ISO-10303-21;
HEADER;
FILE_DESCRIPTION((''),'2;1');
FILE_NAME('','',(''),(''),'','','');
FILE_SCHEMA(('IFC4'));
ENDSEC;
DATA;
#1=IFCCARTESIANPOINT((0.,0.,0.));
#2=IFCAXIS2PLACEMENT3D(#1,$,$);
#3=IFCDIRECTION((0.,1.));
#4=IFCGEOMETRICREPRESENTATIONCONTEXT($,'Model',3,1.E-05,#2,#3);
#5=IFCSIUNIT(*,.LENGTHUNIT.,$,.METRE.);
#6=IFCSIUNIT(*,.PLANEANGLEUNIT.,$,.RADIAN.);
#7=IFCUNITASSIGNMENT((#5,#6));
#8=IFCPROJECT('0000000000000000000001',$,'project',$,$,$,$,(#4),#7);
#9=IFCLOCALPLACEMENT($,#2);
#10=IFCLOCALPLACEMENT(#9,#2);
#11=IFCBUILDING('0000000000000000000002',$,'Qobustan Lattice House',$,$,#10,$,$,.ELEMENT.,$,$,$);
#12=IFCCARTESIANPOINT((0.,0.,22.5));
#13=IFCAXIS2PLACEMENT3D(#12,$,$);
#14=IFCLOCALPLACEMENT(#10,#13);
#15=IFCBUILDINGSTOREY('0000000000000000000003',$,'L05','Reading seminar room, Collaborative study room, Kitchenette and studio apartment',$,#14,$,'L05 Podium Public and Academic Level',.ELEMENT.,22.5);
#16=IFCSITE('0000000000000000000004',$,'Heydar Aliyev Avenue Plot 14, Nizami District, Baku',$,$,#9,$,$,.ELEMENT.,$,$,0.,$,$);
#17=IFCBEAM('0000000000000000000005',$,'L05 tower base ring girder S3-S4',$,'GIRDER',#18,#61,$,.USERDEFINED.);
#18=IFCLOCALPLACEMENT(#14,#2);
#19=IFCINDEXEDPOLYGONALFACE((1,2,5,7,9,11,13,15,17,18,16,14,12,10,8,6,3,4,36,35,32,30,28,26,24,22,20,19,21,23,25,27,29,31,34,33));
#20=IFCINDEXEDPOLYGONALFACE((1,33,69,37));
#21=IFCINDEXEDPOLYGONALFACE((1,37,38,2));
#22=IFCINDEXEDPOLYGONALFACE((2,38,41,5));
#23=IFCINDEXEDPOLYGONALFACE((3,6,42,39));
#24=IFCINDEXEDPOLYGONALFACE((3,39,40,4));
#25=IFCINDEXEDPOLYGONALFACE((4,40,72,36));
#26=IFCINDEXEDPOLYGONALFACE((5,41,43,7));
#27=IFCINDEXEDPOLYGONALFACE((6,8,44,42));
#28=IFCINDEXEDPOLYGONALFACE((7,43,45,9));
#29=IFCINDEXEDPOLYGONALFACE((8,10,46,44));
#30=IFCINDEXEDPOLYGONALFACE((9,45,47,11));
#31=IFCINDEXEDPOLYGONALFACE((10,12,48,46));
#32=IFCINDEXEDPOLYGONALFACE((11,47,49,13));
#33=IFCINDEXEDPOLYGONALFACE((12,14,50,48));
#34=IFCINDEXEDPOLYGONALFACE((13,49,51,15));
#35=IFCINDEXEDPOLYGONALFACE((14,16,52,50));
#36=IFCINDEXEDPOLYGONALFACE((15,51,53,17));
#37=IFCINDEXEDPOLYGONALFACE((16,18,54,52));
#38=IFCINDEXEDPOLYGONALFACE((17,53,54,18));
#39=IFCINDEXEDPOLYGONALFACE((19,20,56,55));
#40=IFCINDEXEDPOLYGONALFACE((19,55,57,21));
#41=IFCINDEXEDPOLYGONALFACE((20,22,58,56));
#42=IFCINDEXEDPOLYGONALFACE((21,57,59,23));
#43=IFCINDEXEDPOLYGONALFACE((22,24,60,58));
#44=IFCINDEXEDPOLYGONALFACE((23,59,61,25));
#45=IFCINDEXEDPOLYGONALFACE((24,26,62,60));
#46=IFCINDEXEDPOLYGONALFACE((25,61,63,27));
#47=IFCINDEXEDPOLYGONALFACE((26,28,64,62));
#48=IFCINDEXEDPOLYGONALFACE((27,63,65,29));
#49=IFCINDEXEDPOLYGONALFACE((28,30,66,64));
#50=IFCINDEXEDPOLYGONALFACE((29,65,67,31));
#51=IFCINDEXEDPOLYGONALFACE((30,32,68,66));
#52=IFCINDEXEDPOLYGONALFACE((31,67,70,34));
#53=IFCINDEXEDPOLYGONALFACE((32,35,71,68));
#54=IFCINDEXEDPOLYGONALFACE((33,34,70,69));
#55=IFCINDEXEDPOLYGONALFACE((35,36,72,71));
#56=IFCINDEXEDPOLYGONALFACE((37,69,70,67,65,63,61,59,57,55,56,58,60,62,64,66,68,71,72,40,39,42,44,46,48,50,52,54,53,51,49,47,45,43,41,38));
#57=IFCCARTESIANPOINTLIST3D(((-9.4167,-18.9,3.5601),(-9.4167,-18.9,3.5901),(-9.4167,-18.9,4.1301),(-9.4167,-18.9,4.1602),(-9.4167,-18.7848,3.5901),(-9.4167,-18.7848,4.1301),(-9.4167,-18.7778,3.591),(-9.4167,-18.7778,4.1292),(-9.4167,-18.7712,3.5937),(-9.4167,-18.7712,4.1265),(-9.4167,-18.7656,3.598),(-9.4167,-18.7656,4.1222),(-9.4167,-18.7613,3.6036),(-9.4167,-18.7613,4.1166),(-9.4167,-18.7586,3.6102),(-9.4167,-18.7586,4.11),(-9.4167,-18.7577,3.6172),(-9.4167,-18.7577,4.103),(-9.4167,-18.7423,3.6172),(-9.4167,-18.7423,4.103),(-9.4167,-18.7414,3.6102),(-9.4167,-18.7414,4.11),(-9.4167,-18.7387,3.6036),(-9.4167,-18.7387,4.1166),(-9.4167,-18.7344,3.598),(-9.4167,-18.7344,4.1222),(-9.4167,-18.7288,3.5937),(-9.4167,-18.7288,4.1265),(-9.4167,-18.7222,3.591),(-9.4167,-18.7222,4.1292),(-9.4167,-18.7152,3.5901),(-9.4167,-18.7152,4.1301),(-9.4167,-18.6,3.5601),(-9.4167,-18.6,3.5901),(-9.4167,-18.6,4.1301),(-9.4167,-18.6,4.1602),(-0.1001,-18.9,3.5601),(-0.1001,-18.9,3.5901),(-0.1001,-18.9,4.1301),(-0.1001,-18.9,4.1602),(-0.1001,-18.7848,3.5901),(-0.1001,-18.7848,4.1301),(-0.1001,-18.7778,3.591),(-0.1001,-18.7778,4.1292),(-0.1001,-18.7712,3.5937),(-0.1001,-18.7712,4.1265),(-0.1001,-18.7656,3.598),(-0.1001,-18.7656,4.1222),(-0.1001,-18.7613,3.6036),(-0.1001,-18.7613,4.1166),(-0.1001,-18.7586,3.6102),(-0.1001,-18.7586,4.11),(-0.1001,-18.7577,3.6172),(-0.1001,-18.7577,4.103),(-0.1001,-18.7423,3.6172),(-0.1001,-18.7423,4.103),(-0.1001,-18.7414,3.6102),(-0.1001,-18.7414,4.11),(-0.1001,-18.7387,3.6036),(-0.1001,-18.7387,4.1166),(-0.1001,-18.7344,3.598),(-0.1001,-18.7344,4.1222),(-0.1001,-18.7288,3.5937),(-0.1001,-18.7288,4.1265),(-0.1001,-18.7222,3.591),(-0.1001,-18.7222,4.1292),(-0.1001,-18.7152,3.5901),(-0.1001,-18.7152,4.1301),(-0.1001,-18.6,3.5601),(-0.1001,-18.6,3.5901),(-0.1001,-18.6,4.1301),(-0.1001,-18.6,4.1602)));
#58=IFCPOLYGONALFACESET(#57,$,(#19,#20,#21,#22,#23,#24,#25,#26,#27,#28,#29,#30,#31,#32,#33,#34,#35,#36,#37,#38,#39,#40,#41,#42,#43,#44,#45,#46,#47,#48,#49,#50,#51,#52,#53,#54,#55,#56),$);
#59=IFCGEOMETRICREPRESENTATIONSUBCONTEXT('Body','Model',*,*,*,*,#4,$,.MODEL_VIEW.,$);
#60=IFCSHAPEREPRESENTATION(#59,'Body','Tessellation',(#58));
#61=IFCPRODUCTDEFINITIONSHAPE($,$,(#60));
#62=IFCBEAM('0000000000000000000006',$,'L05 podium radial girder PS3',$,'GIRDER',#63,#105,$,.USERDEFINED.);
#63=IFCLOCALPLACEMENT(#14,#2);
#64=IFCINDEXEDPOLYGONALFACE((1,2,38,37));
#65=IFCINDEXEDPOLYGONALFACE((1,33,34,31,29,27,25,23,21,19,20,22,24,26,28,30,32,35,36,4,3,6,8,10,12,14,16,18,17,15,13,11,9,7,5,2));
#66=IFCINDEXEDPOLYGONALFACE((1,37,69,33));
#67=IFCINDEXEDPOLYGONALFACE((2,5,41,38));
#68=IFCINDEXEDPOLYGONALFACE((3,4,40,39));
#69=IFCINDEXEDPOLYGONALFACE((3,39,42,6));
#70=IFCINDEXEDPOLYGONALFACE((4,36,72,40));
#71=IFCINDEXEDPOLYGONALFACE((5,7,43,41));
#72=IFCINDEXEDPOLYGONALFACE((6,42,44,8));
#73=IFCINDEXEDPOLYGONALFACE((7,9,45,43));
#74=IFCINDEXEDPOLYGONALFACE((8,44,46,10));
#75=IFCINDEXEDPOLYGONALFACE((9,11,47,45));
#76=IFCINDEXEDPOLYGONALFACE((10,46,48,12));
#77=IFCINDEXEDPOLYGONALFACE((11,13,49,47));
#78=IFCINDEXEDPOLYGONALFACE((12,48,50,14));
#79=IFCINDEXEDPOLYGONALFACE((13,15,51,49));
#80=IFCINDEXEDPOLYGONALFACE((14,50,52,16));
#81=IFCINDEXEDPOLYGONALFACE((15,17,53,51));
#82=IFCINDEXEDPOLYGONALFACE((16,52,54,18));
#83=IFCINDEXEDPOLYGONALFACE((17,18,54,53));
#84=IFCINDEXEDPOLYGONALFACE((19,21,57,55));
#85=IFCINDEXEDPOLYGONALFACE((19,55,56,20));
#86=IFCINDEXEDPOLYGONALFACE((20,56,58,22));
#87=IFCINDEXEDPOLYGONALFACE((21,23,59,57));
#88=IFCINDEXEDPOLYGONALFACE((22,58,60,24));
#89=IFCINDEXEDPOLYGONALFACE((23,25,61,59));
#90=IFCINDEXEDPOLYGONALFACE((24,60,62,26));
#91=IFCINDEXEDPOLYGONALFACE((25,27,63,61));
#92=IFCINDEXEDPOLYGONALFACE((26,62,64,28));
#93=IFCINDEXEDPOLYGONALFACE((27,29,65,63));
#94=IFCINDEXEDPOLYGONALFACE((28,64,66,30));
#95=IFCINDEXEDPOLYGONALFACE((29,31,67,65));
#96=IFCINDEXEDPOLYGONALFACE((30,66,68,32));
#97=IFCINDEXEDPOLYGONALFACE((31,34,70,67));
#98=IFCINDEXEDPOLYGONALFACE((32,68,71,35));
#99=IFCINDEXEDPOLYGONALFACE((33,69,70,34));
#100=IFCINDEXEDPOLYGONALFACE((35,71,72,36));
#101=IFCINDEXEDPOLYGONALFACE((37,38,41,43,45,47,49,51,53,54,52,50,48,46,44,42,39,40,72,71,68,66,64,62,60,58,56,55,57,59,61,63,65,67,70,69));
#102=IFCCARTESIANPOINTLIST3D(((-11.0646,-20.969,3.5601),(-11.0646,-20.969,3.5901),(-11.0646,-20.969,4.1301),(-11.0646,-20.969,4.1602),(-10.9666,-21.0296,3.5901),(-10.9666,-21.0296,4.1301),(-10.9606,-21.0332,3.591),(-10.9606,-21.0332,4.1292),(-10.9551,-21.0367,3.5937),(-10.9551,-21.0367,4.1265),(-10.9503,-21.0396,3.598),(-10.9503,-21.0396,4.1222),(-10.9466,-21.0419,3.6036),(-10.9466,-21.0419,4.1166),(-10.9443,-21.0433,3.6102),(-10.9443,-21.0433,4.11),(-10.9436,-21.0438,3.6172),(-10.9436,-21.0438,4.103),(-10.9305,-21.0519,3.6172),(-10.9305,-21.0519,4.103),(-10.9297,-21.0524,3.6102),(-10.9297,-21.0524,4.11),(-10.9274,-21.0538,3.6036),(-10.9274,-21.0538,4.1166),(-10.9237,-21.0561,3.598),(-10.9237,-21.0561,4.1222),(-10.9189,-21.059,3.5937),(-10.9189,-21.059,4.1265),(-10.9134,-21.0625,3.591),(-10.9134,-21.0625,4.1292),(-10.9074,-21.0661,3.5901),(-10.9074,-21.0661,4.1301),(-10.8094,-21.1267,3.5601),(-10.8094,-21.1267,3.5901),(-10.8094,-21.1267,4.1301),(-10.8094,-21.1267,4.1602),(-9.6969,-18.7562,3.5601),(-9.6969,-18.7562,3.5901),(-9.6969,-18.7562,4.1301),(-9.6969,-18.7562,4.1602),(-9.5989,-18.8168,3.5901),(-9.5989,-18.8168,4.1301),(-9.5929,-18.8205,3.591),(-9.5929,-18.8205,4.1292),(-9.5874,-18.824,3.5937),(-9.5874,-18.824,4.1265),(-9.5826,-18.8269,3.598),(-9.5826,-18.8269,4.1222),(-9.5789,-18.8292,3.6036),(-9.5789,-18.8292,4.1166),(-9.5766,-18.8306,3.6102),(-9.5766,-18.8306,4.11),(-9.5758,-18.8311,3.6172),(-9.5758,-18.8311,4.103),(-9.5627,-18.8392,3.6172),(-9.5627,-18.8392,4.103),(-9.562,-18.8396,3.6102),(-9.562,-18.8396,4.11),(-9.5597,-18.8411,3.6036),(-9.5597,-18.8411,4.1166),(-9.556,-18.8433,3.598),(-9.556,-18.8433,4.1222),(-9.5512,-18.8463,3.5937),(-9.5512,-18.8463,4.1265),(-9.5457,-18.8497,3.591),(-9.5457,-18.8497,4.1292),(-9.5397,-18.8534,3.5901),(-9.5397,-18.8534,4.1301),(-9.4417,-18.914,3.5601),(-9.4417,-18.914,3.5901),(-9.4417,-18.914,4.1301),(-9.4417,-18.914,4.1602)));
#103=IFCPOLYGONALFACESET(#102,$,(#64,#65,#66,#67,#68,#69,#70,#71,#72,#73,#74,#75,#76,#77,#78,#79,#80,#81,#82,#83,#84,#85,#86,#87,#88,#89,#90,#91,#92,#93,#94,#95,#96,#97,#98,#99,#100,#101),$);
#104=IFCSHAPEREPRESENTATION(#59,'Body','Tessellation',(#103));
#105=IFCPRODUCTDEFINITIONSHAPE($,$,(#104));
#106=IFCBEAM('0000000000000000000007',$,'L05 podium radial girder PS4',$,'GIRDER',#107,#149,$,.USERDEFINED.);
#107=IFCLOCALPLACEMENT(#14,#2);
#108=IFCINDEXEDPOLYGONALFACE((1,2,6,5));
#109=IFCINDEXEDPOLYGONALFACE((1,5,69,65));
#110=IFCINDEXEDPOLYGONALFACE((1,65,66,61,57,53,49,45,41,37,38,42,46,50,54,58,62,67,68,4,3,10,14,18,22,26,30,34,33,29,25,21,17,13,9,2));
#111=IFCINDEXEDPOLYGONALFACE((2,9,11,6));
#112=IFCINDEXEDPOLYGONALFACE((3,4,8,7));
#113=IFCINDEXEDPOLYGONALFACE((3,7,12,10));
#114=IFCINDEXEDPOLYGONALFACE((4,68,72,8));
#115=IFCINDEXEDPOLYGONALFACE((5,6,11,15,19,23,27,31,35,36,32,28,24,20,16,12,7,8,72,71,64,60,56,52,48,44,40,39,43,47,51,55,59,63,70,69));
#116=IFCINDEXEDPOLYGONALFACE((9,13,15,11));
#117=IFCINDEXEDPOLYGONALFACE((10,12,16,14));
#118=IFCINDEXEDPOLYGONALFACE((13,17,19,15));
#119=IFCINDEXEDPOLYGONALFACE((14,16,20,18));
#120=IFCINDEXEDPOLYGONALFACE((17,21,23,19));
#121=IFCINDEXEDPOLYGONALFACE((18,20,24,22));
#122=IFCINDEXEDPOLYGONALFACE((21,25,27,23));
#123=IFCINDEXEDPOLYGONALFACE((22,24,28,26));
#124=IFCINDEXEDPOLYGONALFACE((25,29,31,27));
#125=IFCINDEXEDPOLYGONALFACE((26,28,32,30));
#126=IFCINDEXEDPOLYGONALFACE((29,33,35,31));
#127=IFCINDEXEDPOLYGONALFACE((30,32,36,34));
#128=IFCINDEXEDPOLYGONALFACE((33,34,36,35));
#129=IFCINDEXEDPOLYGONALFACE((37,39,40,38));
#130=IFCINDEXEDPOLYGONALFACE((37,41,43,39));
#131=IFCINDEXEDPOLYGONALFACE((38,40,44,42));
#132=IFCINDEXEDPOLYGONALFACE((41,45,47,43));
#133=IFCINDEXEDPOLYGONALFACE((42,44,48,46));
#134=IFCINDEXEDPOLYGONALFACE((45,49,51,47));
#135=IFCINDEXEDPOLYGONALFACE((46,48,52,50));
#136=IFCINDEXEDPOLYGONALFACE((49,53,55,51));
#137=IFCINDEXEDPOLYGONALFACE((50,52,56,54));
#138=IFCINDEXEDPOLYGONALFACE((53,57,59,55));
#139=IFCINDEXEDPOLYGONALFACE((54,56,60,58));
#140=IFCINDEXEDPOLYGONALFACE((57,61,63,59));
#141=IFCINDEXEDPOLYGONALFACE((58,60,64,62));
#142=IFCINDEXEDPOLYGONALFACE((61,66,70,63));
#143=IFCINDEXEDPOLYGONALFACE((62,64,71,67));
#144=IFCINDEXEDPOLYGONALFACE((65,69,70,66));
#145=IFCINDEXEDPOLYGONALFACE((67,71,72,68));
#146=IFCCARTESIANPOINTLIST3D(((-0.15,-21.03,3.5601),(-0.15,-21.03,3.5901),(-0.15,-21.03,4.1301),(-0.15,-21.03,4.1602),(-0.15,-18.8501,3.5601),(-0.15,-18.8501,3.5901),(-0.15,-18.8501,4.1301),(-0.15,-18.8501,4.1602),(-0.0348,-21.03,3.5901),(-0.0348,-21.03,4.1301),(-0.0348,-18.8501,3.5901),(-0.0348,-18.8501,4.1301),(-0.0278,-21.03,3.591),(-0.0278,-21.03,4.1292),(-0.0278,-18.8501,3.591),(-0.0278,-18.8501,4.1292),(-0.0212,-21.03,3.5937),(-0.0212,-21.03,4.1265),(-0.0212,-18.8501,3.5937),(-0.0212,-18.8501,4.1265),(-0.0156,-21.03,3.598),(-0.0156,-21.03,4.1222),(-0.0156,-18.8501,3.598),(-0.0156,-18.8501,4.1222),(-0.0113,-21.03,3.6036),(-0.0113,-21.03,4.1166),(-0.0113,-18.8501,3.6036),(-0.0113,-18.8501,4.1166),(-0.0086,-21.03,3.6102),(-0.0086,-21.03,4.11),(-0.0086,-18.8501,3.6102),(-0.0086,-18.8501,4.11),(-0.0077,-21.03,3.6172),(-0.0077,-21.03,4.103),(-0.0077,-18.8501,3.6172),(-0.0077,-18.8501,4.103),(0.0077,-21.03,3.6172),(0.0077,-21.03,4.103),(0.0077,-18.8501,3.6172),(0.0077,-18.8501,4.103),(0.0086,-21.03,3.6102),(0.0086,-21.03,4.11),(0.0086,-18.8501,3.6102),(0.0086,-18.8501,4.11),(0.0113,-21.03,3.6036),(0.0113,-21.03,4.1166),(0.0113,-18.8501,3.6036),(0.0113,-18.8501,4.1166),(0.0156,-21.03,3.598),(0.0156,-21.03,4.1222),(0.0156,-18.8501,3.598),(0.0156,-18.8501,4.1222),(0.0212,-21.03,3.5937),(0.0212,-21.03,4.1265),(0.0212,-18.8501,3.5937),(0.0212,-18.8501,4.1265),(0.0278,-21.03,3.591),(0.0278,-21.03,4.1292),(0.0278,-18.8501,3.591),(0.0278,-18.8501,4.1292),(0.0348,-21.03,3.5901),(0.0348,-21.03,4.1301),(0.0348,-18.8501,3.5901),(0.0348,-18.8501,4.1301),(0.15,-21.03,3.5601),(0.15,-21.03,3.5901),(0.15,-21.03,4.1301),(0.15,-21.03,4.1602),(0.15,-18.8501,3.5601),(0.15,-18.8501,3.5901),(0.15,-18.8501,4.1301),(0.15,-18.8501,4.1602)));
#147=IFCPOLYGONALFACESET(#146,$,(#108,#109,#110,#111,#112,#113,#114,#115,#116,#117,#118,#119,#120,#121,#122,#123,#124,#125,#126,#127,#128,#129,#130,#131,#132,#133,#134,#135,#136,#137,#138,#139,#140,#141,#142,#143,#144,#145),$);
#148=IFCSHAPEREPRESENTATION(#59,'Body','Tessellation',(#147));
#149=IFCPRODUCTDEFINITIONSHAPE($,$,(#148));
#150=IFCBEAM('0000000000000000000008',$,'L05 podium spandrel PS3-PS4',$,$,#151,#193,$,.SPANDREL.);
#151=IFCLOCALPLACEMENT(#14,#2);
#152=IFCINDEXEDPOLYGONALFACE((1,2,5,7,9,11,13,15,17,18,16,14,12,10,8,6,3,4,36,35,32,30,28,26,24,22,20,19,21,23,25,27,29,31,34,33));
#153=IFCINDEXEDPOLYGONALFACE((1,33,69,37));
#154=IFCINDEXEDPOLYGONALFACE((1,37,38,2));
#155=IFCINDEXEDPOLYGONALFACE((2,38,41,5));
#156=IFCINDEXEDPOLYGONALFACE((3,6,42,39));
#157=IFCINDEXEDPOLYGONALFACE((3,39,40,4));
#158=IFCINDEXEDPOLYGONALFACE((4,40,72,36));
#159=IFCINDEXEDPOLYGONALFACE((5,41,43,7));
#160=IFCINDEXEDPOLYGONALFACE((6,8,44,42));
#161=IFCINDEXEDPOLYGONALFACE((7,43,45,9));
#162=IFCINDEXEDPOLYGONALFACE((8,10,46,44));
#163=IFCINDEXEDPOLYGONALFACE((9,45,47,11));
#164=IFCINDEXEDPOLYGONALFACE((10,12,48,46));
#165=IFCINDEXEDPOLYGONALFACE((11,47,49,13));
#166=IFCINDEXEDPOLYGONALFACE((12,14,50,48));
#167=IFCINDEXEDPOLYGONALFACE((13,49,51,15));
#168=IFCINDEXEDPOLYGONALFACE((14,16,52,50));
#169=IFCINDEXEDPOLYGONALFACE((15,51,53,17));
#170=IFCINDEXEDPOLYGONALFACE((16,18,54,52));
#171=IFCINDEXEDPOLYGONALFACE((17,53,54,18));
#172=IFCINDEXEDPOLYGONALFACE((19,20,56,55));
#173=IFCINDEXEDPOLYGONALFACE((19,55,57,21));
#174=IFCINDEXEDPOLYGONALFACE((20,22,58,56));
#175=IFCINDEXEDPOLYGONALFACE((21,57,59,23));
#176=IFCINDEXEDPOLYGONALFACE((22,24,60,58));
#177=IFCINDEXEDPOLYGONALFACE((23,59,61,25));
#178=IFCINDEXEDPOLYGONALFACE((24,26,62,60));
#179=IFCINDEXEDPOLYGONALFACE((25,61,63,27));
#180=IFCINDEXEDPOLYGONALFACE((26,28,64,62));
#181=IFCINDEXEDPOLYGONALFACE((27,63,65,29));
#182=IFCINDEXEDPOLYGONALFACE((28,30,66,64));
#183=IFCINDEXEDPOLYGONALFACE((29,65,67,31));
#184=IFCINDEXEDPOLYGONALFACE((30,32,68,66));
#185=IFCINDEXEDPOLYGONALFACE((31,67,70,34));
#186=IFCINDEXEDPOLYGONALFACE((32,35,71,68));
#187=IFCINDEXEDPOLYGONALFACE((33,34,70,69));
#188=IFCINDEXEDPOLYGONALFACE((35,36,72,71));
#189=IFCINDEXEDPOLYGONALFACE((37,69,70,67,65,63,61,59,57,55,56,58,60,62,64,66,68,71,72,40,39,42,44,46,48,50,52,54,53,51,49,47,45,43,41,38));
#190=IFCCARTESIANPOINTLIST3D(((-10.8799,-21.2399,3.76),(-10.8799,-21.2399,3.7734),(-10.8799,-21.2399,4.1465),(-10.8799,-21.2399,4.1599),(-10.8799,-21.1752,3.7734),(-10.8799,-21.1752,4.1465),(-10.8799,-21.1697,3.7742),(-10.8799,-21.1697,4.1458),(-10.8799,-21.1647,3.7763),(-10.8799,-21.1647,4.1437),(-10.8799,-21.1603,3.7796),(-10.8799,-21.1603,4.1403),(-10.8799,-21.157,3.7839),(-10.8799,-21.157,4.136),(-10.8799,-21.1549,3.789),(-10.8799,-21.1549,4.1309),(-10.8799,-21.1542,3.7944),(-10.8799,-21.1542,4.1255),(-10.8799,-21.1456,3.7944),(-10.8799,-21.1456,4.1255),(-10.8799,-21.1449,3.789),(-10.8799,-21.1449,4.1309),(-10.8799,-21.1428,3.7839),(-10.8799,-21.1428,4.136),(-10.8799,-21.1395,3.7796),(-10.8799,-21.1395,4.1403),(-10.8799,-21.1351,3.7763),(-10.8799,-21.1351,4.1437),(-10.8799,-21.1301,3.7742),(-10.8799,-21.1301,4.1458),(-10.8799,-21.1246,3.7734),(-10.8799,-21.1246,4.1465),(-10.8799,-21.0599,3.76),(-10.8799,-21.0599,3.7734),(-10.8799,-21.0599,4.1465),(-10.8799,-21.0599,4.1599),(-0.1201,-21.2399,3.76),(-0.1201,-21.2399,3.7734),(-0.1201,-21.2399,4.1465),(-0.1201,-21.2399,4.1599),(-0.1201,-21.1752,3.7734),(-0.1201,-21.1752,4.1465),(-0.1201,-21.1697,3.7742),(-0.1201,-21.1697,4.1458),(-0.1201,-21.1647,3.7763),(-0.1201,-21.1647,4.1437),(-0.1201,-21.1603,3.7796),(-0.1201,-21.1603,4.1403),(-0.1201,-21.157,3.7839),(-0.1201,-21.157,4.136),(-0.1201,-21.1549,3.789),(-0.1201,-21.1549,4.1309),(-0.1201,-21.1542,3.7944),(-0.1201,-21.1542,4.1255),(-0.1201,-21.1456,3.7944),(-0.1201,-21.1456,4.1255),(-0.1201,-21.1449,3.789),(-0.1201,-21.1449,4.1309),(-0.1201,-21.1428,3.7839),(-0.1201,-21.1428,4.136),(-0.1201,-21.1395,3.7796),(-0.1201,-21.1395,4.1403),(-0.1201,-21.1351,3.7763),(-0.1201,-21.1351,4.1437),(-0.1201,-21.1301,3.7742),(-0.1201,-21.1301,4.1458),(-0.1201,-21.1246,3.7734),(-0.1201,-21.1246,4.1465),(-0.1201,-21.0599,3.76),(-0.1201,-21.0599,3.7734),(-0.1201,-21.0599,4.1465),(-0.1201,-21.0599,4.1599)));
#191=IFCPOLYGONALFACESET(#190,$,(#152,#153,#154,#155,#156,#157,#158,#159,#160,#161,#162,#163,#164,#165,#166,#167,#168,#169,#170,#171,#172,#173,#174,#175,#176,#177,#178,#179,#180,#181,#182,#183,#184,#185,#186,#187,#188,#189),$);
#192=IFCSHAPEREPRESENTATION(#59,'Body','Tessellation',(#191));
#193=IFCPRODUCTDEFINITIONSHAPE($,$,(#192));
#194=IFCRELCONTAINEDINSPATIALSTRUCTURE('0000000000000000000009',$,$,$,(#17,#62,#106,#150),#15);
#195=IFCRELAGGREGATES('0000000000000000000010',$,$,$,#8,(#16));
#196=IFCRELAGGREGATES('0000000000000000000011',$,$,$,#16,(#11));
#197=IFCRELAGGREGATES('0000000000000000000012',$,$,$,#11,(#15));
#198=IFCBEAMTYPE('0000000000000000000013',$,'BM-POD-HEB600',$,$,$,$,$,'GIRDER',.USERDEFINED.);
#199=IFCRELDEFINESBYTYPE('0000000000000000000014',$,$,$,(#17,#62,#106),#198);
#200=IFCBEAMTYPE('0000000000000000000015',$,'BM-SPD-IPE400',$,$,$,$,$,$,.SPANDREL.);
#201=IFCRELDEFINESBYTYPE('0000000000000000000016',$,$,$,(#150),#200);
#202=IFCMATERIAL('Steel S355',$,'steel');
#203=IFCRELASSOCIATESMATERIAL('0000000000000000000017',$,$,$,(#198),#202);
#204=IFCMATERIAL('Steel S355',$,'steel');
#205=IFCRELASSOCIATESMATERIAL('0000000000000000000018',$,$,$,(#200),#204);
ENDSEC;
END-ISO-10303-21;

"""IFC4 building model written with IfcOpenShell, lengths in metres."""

from ifc_helpers import new_model, si_unit, direction, frame, origin, origin_2d, place, context, subcontext, project, spatial, i_section, extrude, material, material_profile, profile_set, type_object, element, save


model = new_model("IFC4")

# Units and contexts
model_context = context("Model", 3, precision=1e-05, world=origin(), true_north=direction((0.0, 1.0)))
body_context = subcontext(model_context, "Body", "Model", "MODEL_VIEW")
ifc_project = project(units=[si_unit("LENGTHUNIT", "METRE"), si_unit("PLANEANGLEUNIT", "RADIAN")], contexts=[model_context])

# Site, building, storey
site_placement = place(None, origin())
site = spatial("IfcSite", under=ifc_project, at=site_placement, Name="Heydar Aliyev Avenue Plot 14, Nizami District, Baku", CompositionType="ELEMENT", RefElevation=0.0)
building_placement = place(site_placement, origin())
building = spatial("IfcBuilding", under=site, at=building_placement, Name="Qobustan Lattice House", CompositionType="ELEMENT")
storey_placement = place(building_placement, frame((0.0, 0.0, 22.5)))
storey = spatial("IfcBuildingStorey", under=building, at=storey_placement, Name="L05", Description="Reading seminar room, Collaborative study room, Kitchenette and studio apartment", LongName="L05 Podium Public and Academic Level", CompositionType="ELEMENT", Elevation=22.5)

# Beams
ifc_material_1 = material(Name="Steel S355", Category="steel")
ifc_material_profile_1 = material_profile(ifc_material_1, i_section(OverallWidth=0.3, OverallDepth=0.6001, WebThickness=0.0154, FlangeThickness=0.03, FilletRadius=0.0271, at=origin_2d()), Name="HEB600")
ifc_profile_set_1 = profile_set([ifc_material_profile_1], Name="Steel S355")
beam_type_1 = type_object("IfcBeamType", Name="BM-POD-HEB600", ElementType="GIRDER", PredefinedType="USERDEFINED", material=ifc_profile_set_1)
for number, where, z_axis, x_axis, name in (
    (1, (-9.4167, -18.75, 3.8601), (1.0, 0.0, 0.0), (0.0, 1.0, 0.0), "L05 tower base ring girder S3-S4"),
):
    element("IfcBeam", number, at=place(storey_placement, frame(where, z_axis=z_axis, x_axis=x_axis)), inside=storey, type_object=beam_type_1, Name=name, ObjectType="GIRDER", PredefinedType="USERDEFINED", context=body_context, shape_type="SweptSolid", body=[
        extrude(i_section(OverallWidth=0.3, OverallDepth=0.6001, WebThickness=0.0154, FlangeThickness=0.03, FilletRadius=0.0271, at=origin_2d()), origin(), (0.0, 0.0, 1.0), 9.3167),
    ])
beam_1_placement = place(storey_placement, frame((-10.937, -21.0479, 3.8601), z_axis=(0.525783, 0.850619, 0.0), x_axis=(-0.850619, 0.525783, 0.0)))
element("IfcBeam", 2, at=beam_1_placement, inside=storey, type_object=beam_type_1, Name="L05 podium radial girder PS3", ObjectType="GIRDER", PredefinedType="USERDEFINED", context=body_context, shape_type="SweptSolid", body=[
    extrude(i_section(OverallWidth=0.3, OverallDepth=0.6001, WebThickness=0.0154, FlangeThickness=0.03, FilletRadius=0.0271, at=origin_2d()), origin(), (0.0, 0.0, 1.0), 2.6013),
])
beam_2_placement = place(storey_placement, frame((0.0, -21.03, 3.8601), z_axis=(0.0, 1.0, 0.0), x_axis=(-1.0, 0.0, 0.0)))
element("IfcBeam", 3, at=beam_2_placement, inside=storey, type_object=beam_type_1, Name="L05 podium radial girder PS4", ObjectType="GIRDER", PredefinedType="USERDEFINED", context=body_context, shape_type="SweptSolid", body=[
    extrude(i_section(OverallWidth=0.3, OverallDepth=0.6001, WebThickness=0.0154, FlangeThickness=0.03, FilletRadius=0.0271, at=origin_2d()), origin(), (0.0, 0.0, 1.0), 2.1799),
])
ifc_material_2 = material(Name="Steel S355", Category="steel")
ifc_material_profile_2 = material_profile(ifc_material_2, i_section(OverallWidth=0.1799, OverallDepth=0.3999, WebThickness=0.0085, FlangeThickness=0.0134, FilletRadius=0.021, at=origin_2d()), Name="IPE400")
ifc_profile_set_2 = profile_set([ifc_material_profile_2], Name="Steel S355")
beam_type_2 = type_object("IfcBeamType", Name="BM-SPD-IPE400", PredefinedType="SPANDREL", material=ifc_profile_set_2)
beam_3_placement = place(storey_placement, frame((-10.8799, -21.1499, 3.96), z_axis=(1.0, 0.0, 0.0), x_axis=(0.0, 1.0, 0.0)))
element("IfcBeam", 4, at=beam_3_placement, inside=storey, type_object=beam_type_2, Name="L05 podium spandrel PS3-PS4", PredefinedType="SPANDREL", context=body_context, shape_type="SweptSolid", body=[
    extrude(i_section(OverallWidth=0.1799, OverallDepth=0.3999, WebThickness=0.0085, FlangeThickness=0.0134, FilletRadius=0.021, at=origin_2d()), origin(), (0.0, 0.0, 1.0), 10.7598),
])

save(model, "model.ifc")
